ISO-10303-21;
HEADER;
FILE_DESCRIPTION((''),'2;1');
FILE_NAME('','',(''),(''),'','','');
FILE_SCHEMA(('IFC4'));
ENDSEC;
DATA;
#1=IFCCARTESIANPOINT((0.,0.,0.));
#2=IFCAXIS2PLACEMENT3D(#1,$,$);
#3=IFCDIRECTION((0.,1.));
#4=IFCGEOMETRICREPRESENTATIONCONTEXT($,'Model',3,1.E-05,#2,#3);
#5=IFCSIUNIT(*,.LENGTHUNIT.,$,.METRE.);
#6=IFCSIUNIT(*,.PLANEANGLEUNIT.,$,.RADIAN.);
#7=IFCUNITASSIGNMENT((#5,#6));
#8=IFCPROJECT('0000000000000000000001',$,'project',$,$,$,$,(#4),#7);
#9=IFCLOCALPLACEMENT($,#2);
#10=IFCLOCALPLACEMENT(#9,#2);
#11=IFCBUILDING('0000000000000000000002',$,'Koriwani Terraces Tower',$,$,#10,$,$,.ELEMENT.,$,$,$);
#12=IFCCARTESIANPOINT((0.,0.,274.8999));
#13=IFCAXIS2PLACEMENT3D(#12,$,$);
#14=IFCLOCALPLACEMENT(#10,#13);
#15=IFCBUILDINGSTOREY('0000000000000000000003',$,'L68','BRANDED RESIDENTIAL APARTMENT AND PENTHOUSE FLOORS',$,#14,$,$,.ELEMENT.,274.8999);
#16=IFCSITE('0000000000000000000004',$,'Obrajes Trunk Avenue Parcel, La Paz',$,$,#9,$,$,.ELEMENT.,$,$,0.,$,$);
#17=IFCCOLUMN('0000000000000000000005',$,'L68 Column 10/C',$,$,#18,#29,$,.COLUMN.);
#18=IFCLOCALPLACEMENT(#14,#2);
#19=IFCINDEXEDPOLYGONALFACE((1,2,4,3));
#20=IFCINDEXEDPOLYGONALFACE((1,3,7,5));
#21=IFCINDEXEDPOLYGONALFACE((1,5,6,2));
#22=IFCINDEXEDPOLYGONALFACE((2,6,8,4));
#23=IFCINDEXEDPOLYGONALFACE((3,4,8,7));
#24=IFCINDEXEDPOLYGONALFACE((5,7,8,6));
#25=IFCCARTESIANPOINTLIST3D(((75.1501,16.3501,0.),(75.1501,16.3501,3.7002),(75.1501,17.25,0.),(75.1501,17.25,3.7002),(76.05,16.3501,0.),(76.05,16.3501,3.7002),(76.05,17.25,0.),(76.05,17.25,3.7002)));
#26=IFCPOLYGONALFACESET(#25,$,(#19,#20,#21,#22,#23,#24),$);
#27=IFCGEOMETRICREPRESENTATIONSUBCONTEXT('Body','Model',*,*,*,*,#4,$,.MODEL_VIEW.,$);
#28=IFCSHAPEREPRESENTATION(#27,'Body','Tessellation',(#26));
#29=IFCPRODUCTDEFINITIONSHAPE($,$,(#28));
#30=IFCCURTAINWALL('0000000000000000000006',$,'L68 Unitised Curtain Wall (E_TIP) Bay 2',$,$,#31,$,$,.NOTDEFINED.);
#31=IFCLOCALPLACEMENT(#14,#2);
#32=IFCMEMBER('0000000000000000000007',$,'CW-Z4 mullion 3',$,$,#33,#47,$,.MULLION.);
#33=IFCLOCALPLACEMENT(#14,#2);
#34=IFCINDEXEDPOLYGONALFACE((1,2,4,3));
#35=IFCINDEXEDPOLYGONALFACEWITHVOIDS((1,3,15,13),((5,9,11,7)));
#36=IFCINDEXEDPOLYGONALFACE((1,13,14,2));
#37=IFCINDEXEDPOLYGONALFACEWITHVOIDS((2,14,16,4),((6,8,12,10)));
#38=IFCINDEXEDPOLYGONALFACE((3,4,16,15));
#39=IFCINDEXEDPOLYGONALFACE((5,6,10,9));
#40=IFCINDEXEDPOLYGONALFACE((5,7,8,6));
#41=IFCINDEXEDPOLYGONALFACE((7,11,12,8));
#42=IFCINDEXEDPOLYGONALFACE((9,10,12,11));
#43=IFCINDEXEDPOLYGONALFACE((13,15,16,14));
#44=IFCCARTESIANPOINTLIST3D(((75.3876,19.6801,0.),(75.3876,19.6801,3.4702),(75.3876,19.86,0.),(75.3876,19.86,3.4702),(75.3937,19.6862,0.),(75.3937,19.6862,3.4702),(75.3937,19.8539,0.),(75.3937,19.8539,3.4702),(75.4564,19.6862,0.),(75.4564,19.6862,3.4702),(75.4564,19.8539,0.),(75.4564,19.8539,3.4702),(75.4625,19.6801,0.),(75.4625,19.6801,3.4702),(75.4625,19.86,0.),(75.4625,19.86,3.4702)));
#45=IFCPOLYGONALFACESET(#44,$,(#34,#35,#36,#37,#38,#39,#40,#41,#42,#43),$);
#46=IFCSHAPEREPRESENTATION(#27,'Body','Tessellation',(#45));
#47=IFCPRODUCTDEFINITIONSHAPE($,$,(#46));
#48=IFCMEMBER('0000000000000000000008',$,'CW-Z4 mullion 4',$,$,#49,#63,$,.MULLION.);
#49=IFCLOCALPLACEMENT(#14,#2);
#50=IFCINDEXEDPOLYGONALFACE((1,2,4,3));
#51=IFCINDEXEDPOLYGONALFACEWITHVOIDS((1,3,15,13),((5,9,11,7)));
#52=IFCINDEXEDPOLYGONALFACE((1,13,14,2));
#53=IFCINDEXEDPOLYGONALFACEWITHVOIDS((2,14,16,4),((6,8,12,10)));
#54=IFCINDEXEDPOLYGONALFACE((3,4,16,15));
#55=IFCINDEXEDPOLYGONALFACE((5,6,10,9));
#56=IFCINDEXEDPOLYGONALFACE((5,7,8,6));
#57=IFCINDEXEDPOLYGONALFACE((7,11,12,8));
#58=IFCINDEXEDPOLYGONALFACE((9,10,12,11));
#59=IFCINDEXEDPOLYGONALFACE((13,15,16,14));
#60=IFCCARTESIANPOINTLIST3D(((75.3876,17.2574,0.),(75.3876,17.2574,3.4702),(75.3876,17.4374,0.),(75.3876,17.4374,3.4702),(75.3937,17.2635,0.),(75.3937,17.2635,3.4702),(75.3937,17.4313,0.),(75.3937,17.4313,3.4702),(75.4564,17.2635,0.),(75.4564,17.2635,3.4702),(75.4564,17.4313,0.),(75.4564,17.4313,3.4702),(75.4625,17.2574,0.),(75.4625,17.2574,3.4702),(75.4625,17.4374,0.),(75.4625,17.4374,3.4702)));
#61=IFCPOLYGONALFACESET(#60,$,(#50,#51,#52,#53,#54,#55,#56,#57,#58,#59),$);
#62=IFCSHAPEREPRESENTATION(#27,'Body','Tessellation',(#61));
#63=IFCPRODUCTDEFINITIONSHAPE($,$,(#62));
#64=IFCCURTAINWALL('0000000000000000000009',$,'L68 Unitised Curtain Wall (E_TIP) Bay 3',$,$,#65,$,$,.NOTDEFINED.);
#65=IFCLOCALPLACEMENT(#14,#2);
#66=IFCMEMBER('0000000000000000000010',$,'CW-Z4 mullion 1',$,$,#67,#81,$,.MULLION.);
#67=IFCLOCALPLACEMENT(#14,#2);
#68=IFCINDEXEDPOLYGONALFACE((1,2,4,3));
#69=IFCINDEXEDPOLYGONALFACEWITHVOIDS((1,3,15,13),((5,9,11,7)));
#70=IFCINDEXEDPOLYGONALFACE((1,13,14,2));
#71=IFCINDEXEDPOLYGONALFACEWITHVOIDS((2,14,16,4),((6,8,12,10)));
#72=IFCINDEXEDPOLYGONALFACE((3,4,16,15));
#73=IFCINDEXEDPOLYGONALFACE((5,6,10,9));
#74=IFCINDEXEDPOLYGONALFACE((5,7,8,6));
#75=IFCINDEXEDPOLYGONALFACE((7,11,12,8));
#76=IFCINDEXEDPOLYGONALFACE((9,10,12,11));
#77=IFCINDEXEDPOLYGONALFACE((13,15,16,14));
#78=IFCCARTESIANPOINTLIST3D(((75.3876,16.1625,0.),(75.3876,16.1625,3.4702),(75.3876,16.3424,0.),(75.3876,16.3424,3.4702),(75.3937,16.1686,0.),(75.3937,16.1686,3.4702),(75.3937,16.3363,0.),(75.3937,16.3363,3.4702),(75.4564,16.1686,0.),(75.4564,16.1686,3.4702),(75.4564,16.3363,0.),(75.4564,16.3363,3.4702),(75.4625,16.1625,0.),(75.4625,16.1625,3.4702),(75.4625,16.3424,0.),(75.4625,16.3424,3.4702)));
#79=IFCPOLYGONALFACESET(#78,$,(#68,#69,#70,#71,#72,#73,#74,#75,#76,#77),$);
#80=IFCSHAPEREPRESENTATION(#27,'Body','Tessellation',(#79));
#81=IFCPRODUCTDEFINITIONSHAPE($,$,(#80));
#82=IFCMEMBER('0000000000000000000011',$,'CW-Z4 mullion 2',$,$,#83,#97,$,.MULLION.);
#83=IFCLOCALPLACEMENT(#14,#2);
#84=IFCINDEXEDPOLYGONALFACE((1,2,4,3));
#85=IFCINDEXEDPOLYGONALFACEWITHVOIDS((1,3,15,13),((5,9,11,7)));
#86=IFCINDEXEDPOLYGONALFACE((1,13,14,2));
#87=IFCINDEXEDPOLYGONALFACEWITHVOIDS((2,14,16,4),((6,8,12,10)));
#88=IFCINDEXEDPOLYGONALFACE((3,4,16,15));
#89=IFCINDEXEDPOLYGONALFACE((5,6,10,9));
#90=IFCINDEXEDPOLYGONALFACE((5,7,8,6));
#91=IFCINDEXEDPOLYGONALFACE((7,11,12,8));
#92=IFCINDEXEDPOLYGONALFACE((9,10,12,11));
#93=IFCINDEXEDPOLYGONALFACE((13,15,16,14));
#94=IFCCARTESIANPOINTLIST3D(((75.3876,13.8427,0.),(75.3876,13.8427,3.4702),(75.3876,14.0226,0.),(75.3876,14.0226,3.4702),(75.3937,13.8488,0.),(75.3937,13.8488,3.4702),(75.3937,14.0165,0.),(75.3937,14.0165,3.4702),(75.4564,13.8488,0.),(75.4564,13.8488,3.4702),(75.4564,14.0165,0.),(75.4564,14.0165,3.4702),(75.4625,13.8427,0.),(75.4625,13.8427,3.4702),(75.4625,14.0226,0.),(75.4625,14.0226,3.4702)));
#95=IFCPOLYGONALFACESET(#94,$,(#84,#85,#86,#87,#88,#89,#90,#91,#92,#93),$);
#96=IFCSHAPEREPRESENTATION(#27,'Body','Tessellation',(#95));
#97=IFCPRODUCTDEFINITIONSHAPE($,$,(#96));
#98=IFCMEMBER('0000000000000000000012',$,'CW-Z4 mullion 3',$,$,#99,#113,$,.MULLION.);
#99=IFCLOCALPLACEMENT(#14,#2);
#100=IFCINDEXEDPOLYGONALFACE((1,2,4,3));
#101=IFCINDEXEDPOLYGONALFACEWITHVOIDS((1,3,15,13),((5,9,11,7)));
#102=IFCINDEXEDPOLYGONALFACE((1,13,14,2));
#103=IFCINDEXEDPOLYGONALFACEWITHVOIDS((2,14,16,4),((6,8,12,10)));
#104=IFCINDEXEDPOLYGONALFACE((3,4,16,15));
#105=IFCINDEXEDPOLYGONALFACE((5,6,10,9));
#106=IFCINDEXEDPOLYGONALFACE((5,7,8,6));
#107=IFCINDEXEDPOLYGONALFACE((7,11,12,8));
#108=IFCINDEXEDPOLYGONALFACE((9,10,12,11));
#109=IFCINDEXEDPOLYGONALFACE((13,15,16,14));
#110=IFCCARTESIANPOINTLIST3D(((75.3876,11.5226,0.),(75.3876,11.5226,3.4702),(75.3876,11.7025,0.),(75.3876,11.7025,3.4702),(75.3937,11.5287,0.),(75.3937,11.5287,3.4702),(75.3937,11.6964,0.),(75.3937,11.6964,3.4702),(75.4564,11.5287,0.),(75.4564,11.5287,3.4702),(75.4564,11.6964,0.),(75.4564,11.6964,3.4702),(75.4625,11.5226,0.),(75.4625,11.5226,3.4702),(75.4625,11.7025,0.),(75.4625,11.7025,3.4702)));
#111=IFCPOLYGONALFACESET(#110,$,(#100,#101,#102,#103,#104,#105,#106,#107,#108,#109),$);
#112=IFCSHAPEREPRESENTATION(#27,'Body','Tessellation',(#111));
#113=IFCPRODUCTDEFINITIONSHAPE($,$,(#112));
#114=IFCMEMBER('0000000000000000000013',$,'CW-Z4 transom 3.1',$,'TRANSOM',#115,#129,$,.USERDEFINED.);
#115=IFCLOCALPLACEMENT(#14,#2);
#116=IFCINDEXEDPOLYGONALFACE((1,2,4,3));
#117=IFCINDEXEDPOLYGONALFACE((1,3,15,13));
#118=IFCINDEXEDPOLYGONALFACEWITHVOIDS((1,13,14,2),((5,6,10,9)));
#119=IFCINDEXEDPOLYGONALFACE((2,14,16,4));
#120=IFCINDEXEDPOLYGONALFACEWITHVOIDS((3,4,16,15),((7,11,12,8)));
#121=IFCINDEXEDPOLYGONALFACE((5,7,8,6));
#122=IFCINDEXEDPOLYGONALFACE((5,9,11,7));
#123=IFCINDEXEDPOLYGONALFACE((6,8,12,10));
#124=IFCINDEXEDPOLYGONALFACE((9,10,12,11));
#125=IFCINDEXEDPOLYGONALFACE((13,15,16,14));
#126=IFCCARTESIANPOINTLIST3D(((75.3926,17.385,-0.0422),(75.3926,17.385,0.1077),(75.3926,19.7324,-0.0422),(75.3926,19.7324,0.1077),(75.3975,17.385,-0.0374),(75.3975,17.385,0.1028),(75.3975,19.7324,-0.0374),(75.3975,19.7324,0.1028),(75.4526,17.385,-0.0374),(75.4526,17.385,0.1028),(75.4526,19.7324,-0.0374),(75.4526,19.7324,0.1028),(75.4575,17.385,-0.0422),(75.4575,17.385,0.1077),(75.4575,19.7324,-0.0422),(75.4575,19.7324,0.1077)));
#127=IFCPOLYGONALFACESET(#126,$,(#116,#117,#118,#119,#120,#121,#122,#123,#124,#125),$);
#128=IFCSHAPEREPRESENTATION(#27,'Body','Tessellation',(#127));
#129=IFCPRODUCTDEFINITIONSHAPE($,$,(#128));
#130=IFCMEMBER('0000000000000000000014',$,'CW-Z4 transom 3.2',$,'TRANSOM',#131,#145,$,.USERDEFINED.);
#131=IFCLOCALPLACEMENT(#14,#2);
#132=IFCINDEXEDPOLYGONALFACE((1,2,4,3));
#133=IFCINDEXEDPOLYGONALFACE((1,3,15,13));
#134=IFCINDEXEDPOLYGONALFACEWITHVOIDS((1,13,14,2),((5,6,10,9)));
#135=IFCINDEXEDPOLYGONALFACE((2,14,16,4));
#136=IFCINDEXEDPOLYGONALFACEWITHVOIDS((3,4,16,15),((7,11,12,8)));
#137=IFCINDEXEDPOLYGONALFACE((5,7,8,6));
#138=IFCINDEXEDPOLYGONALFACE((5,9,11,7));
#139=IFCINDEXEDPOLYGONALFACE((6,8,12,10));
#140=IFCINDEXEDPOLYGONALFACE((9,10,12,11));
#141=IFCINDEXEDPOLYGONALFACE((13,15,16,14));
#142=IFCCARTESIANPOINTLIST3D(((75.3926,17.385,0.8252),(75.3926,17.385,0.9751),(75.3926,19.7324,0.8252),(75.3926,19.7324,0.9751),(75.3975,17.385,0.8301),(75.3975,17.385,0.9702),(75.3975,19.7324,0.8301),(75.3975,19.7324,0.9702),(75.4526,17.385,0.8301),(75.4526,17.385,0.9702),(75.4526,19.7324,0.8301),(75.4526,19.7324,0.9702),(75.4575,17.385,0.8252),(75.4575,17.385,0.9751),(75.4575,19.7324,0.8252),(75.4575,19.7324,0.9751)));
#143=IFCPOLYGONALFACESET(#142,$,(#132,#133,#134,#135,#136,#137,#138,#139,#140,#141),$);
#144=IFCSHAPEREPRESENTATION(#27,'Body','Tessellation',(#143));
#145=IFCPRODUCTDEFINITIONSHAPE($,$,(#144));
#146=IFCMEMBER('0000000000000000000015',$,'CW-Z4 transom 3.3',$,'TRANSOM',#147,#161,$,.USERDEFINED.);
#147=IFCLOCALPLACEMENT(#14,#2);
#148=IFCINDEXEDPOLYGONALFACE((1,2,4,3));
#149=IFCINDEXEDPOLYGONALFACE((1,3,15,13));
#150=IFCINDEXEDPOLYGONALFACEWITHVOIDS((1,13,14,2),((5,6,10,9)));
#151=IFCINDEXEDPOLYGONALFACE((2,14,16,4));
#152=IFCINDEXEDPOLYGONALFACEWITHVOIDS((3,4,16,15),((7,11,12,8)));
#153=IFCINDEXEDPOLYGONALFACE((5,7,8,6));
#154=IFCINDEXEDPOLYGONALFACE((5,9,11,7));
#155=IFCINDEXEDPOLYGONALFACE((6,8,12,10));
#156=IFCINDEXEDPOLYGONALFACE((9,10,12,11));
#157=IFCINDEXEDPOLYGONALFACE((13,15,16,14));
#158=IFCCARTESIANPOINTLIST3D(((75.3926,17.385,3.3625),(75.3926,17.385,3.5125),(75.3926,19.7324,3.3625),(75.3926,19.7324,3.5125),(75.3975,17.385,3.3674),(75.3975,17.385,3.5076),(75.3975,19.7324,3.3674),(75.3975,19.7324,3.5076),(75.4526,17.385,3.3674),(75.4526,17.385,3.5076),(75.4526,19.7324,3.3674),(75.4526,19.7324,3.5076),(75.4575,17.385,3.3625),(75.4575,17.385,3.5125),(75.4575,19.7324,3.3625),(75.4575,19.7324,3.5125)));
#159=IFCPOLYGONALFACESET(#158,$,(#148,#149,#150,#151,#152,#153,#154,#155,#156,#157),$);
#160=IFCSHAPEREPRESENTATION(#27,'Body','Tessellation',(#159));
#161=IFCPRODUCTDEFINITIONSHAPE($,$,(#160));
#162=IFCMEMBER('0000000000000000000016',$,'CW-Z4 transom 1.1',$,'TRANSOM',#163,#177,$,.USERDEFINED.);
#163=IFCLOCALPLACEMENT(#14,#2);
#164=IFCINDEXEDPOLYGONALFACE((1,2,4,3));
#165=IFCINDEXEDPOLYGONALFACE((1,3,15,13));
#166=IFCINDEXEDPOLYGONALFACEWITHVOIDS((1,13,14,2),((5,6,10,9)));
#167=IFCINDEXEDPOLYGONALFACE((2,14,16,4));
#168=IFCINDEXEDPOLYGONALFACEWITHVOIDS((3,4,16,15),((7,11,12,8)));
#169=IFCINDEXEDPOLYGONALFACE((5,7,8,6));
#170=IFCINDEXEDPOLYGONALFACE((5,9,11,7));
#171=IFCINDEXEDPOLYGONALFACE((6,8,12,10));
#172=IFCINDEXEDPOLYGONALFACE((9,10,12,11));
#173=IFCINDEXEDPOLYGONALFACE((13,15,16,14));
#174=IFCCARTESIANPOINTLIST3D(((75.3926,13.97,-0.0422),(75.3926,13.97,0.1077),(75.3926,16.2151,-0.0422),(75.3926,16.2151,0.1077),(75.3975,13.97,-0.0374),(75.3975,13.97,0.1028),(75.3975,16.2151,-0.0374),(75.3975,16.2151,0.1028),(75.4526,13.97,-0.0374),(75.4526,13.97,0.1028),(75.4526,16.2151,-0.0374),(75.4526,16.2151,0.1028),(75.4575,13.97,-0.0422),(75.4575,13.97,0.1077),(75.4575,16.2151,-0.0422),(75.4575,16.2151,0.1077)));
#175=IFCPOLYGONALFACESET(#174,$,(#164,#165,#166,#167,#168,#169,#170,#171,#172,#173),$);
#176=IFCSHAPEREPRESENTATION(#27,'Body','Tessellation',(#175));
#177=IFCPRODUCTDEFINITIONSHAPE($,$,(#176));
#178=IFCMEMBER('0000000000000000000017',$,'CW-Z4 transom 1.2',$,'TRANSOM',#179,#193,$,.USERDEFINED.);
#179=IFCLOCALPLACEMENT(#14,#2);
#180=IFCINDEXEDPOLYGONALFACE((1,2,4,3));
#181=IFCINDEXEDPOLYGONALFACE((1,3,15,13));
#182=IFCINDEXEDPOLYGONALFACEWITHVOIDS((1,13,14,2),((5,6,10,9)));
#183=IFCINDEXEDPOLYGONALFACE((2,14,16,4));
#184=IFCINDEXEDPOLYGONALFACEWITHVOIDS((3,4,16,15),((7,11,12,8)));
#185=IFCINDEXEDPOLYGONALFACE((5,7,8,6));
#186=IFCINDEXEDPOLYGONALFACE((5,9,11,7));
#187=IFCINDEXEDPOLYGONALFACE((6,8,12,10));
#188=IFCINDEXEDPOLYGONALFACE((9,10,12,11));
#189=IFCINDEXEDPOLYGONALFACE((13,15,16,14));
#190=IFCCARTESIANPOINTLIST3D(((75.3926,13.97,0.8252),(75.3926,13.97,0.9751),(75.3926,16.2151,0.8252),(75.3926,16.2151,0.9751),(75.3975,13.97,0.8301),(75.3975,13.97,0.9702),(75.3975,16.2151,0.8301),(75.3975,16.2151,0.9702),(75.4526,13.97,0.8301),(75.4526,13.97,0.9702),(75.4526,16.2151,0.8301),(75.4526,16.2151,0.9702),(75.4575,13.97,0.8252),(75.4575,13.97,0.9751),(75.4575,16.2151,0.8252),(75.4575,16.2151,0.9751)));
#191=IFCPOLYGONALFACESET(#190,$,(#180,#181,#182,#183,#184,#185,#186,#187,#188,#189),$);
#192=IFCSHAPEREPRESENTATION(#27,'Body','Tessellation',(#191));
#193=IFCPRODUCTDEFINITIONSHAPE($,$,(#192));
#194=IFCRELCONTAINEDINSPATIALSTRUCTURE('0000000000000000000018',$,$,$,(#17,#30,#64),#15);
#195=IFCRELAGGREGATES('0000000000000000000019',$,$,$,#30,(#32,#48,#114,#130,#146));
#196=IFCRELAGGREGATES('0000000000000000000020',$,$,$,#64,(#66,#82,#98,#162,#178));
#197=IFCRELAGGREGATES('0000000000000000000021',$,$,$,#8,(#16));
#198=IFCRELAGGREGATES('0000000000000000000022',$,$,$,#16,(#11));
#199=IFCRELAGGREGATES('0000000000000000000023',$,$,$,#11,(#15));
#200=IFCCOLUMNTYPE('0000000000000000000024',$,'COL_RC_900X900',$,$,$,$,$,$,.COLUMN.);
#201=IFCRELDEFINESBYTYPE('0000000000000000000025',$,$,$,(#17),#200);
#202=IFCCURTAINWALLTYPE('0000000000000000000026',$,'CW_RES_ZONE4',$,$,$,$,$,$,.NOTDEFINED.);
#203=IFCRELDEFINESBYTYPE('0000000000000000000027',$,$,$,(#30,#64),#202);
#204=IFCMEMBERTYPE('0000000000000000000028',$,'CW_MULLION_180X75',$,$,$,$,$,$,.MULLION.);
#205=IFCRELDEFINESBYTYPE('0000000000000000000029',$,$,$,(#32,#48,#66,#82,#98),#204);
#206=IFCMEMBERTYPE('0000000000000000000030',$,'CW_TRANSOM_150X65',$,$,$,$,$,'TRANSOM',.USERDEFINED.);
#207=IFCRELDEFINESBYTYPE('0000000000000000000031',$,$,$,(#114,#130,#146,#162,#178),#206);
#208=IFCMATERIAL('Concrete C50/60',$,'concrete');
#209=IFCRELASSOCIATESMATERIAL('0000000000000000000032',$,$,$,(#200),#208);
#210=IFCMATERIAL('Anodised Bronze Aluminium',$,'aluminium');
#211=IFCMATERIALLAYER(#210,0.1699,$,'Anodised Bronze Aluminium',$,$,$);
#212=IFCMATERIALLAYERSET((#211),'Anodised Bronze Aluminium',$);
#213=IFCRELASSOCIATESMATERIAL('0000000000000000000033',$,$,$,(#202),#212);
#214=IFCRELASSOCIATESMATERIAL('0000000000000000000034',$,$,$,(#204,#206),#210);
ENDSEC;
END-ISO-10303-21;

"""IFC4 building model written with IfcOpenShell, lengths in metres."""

from ifc_helpers import new_model, si_unit, direction, frame, origin, origin_2d, place, context, subcontext, project, spatial, rectangle, hollow_rectangle, extrude, material, layer, layer_set, material_profile, profile_set, type_object, element, aggregate, save


model = new_model("IFC4")

# Units and contexts
model_context = context("Model", 3, precision=1e-05, world=origin(), true_north=direction((0.0, 1.0)))
body_context = subcontext(model_context, "Body", "Model", "MODEL_VIEW")
ifc_project = project(units=[si_unit("LENGTHUNIT", "METRE"), si_unit("PLANEANGLEUNIT", "RADIAN")], contexts=[model_context])

# Site, building, storey
site_placement = place(None, origin())
site = spatial("IfcSite", under=ifc_project, at=site_placement, Name="Obrajes Trunk Avenue Parcel, La Paz", CompositionType="ELEMENT", RefElevation=0.0)
building_placement = place(site_placement, origin())
building = spatial("IfcBuilding", under=site, at=building_placement, Name="Koriwani Terraces Tower", CompositionType="ELEMENT")
storey_placement = place(building_placement, frame((0.0, 0.0, 274.8999)))
storey = spatial("IfcBuildingStorey", under=building, at=storey_placement, Name="L68", Description="BRANDED RESIDENTIAL APARTMENT AND PENTHOUSE FLOORS", CompositionType="ELEMENT", Elevation=274.8999)

# Column
ifc_material_1 = material(Name="Concrete C50/60", Category="concrete")
ifc_material_profile_1 = material_profile(ifc_material_1, rectangle(XDim=0.8999, YDim=0.8999, at=origin_2d()), Name="Concrete C50/60", Category="LoadBearing")
ifc_profile_set_1 = profile_set([ifc_material_profile_1], Name="Concrete C50/60")
column_type = type_object("IfcColumnType", Name="COL_RC_900X900", PredefinedType="COLUMN", material=ifc_profile_set_1)
column_placement = place(storey_placement, frame((75.6001, 16.8, 0.0), z_axis=(0.0, 0.0, 1.0), x_axis=(1.0, 0.0, 0.0)))
element("IfcColumn", 1, at=column_placement, inside=storey, type_object=column_type, Name="L68 Column 10/C", PredefinedType="COLUMN", context=body_context, shape_type="SweptSolid", body=[
    extrude(rectangle(XDim=0.8999, YDim=0.8999, at=origin_2d()), origin(), (0.0, 0.0, 1.0), 3.7002),
])

# Curtain walls, members
ifc_material_2 = material(Name="Anodised Bronze Aluminium", Category="aluminium")
ifc_layer_1 = layer(ifc_material_2, 0.1699, Name="Anodised Bronze Aluminium")
ifc_layer_set_1 = layer_set([ifc_layer_1], Name="Anodised Bronze Aluminium")
curtain_wall_type = type_object("IfcCurtainWallType", Name="CW_RES_ZONE4", PredefinedType="NOTDEFINED", material=ifc_layer_set_1)
curtain_wall_1_placement = place(storey_placement, origin())
curtain_wall_1 = element("IfcCurtainWall", 2, at=curtain_wall_1_placement, inside=storey, type_object=curtain_wall_type, Name="L68 Unitised Curtain Wall (E_TIP) Bay 2", PredefinedType="NOTDEFINED")
ifc_material_profile_2 = material_profile(ifc_material_2, hollow_rectangle(XDim=0.075, YDim=0.1799, WallThickness=0.0061, at=origin_2d()), Name="Anodised Bronze Aluminium", Category="LoadBearing")
ifc_profile_set_2 = profile_set([ifc_material_profile_2], Name="Anodised Bronze Aluminium")
member_type_1 = type_object("IfcMemberType", Name="CW_MULLION_180X75", PredefinedType="MULLION", material=ifc_profile_set_2)
member_1_placement = place(storey_placement, frame((75.425, 19.77, 0.0), z_axis=(0.0, 0.0, 1.0), x_axis=(1.0, 0.0, 0.0)))
member_1 = element("IfcMember", 3, at=member_1_placement, type_object=member_type_1, Name="CW-Z4 mullion 3", PredefinedType="MULLION", context=body_context, shape_type="SweptSolid", body=[
    extrude(hollow_rectangle(XDim=0.075, YDim=0.1799, WallThickness=0.0061, at=origin_2d()), origin(), (0.0, 0.0, 1.0), 3.4702),
])
member_2_placement = place(storey_placement, frame((75.425, 17.3474, 0.0), z_axis=(0.0, 0.0, 1.0), x_axis=(1.0, 0.0, 0.0)))
member_2 = element("IfcMember", 4, at=member_2_placement, type_object=member_type_1, Name="CW-Z4 mullion 4", PredefinedType="MULLION", context=body_context, shape_type="SweptSolid", body=[
    extrude(hollow_rectangle(XDim=0.075, YDim=0.1799, WallThickness=0.0061, at=origin_2d()), origin(), (0.0, 0.0, 1.0), 3.4702),
])
curtain_wall_2_placement = place(storey_placement, origin())
curtain_wall_2 = element("IfcCurtainWall", 5, at=curtain_wall_2_placement, inside=storey, type_object=curtain_wall_type, Name="L68 Unitised Curtain Wall (E_TIP) Bay 3", PredefinedType="NOTDEFINED")
member_3_placement = place(storey_placement, frame((75.425, 16.2524, 0.0), z_axis=(0.0, 0.0, 1.0), x_axis=(1.0, 0.0, 0.0)))
member_3 = element("IfcMember", 6, at=member_3_placement, type_object=member_type_1, Name="CW-Z4 mullion 1", PredefinedType="MULLION", context=body_context, shape_type="SweptSolid", body=[
    extrude(hollow_rectangle(XDim=0.075, YDim=0.1799, WallThickness=0.0061, at=origin_2d()), origin(), (0.0, 0.0, 1.0), 3.4702),
])
member_4_placement = place(storey_placement, frame((75.425, 13.9326, 0.0), z_axis=(0.0, 0.0, 1.0), x_axis=(1.0, 0.0, 0.0)))
member_4 = element("IfcMember", 7, at=member_4_placement, type_object=member_type_1, Name="CW-Z4 mullion 2", PredefinedType="MULLION", context=body_context, shape_type="SweptSolid", body=[
    extrude(hollow_rectangle(XDim=0.075, YDim=0.1799, WallThickness=0.0061, at=origin_2d()), origin(), (0.0, 0.0, 1.0), 3.4702),
])
member_5_placement = place(storey_placement, frame((75.425, 11.6125, 0.0), z_axis=(0.0, 0.0, 1.0), x_axis=(1.0, 0.0, 0.0)))
member_5 = element("IfcMember", 8, at=member_5_placement, type_object=member_type_1, Name="CW-Z4 mullion 3", PredefinedType="MULLION", context=body_context, shape_type="SweptSolid", body=[
    extrude(hollow_rectangle(XDim=0.075, YDim=0.1799, WallThickness=0.0061, at=origin_2d()), origin(), (0.0, 0.0, 1.0), 3.4702),
])

# Members
ifc_material_profile_3 = material_profile(ifc_material_2, hollow_rectangle(XDim=0.0649, YDim=0.1499, WallThickness=0.0049, at=origin_2d()), Name="Anodised Bronze Aluminium", Category="LoadBearing")
ifc_profile_set_3 = profile_set([ifc_material_profile_3], Name="Anodised Bronze Aluminium")
member_type_2 = type_object("IfcMemberType", Name="CW_TRANSOM_150X65", ElementType="TRANSOM", PredefinedType="USERDEFINED", material=ifc_profile_set_3)
member_6_placement = place(storey_placement, frame((75.425, 19.7324, 0.0327), z_axis=(0.0, -1.0, 0.0), x_axis=(1.0, 0.0, 0.0)))
member_6 = element("IfcMember", 9, at=member_6_placement, type_object=member_type_2, Name="CW-Z4 transom 3.1", ObjectType="TRANSOM", PredefinedType="USERDEFINED", context=body_context, shape_type="SweptSolid", body=[
    extrude(hollow_rectangle(XDim=0.0649, YDim=0.1499, WallThickness=0.0049, at=origin_2d()), origin(), (0.0, 0.0, 1.0), 2.3474),
])
member_7_placement = place(storey_placement, frame((75.425, 19.7324, 0.9001), z_axis=(0.0, -1.0, 0.0), x_axis=(1.0, 0.0, 0.0)))
member_7 = element("IfcMember", 10, at=member_7_placement, type_object=member_type_2, Name="CW-Z4 transom 3.2", ObjectType="TRANSOM", PredefinedType="USERDEFINED", context=body_context, shape_type="SweptSolid", body=[
    extrude(hollow_rectangle(XDim=0.0649, YDim=0.1499, WallThickness=0.0049, at=origin_2d()), origin(), (0.0, 0.0, 1.0), 2.3474),
])
member_8_placement = place(storey_placement, frame((75.425, 19.7324, 3.4375), z_axis=(0.0, -1.0, 0.0), x_axis=(1.0, 0.0, 0.0)))
member_8 = element("IfcMember", 11, at=member_8_placement, type_object=member_type_2, Name="CW-Z4 transom 3.3", ObjectType="TRANSOM", PredefinedType="USERDEFINED", context=body_context, shape_type="SweptSolid", body=[
    extrude(hollow_rectangle(XDim=0.0649, YDim=0.1499, WallThickness=0.0049, at=origin_2d()), origin(), (0.0, 0.0, 1.0), 2.3474),
])
member_9_placement = place(storey_placement, frame((75.425, 16.2151, 0.0327), z_axis=(0.0, -1.0, 0.0), x_axis=(1.0, 0.0, 0.0)))
member_9 = element("IfcMember", 12, at=member_9_placement, type_object=member_type_2, Name="CW-Z4 transom 1.1", ObjectType="TRANSOM", PredefinedType="USERDEFINED", context=body_context, shape_type="SweptSolid", body=[
    extrude(hollow_rectangle(XDim=0.0649, YDim=0.1499, WallThickness=0.0049, at=origin_2d()), origin(), (0.0, 0.0, 1.0), 2.2451),
])
member_10_placement = place(storey_placement, frame((75.425, 16.2151, 0.9001), z_axis=(0.0, -1.0, 0.0), x_axis=(1.0, 0.0, 0.0)))
member_10 = element("IfcMember", 13, at=member_10_placement, type_object=member_type_2, Name="CW-Z4 transom 1.2", ObjectType="TRANSOM", PredefinedType="USERDEFINED", context=body_context, shape_type="SweptSolid", body=[
    extrude(hollow_rectangle(XDim=0.0649, YDim=0.1499, WallThickness=0.0049, at=origin_2d()), origin(), (0.0, 0.0, 1.0), 2.2451),
])

aggregate(curtain_wall_1, [member_1, member_2, member_6, member_7, member_8])
aggregate(curtain_wall_2, [member_3, member_4, member_5, member_9, member_10])

save(model, "model.ifc")
